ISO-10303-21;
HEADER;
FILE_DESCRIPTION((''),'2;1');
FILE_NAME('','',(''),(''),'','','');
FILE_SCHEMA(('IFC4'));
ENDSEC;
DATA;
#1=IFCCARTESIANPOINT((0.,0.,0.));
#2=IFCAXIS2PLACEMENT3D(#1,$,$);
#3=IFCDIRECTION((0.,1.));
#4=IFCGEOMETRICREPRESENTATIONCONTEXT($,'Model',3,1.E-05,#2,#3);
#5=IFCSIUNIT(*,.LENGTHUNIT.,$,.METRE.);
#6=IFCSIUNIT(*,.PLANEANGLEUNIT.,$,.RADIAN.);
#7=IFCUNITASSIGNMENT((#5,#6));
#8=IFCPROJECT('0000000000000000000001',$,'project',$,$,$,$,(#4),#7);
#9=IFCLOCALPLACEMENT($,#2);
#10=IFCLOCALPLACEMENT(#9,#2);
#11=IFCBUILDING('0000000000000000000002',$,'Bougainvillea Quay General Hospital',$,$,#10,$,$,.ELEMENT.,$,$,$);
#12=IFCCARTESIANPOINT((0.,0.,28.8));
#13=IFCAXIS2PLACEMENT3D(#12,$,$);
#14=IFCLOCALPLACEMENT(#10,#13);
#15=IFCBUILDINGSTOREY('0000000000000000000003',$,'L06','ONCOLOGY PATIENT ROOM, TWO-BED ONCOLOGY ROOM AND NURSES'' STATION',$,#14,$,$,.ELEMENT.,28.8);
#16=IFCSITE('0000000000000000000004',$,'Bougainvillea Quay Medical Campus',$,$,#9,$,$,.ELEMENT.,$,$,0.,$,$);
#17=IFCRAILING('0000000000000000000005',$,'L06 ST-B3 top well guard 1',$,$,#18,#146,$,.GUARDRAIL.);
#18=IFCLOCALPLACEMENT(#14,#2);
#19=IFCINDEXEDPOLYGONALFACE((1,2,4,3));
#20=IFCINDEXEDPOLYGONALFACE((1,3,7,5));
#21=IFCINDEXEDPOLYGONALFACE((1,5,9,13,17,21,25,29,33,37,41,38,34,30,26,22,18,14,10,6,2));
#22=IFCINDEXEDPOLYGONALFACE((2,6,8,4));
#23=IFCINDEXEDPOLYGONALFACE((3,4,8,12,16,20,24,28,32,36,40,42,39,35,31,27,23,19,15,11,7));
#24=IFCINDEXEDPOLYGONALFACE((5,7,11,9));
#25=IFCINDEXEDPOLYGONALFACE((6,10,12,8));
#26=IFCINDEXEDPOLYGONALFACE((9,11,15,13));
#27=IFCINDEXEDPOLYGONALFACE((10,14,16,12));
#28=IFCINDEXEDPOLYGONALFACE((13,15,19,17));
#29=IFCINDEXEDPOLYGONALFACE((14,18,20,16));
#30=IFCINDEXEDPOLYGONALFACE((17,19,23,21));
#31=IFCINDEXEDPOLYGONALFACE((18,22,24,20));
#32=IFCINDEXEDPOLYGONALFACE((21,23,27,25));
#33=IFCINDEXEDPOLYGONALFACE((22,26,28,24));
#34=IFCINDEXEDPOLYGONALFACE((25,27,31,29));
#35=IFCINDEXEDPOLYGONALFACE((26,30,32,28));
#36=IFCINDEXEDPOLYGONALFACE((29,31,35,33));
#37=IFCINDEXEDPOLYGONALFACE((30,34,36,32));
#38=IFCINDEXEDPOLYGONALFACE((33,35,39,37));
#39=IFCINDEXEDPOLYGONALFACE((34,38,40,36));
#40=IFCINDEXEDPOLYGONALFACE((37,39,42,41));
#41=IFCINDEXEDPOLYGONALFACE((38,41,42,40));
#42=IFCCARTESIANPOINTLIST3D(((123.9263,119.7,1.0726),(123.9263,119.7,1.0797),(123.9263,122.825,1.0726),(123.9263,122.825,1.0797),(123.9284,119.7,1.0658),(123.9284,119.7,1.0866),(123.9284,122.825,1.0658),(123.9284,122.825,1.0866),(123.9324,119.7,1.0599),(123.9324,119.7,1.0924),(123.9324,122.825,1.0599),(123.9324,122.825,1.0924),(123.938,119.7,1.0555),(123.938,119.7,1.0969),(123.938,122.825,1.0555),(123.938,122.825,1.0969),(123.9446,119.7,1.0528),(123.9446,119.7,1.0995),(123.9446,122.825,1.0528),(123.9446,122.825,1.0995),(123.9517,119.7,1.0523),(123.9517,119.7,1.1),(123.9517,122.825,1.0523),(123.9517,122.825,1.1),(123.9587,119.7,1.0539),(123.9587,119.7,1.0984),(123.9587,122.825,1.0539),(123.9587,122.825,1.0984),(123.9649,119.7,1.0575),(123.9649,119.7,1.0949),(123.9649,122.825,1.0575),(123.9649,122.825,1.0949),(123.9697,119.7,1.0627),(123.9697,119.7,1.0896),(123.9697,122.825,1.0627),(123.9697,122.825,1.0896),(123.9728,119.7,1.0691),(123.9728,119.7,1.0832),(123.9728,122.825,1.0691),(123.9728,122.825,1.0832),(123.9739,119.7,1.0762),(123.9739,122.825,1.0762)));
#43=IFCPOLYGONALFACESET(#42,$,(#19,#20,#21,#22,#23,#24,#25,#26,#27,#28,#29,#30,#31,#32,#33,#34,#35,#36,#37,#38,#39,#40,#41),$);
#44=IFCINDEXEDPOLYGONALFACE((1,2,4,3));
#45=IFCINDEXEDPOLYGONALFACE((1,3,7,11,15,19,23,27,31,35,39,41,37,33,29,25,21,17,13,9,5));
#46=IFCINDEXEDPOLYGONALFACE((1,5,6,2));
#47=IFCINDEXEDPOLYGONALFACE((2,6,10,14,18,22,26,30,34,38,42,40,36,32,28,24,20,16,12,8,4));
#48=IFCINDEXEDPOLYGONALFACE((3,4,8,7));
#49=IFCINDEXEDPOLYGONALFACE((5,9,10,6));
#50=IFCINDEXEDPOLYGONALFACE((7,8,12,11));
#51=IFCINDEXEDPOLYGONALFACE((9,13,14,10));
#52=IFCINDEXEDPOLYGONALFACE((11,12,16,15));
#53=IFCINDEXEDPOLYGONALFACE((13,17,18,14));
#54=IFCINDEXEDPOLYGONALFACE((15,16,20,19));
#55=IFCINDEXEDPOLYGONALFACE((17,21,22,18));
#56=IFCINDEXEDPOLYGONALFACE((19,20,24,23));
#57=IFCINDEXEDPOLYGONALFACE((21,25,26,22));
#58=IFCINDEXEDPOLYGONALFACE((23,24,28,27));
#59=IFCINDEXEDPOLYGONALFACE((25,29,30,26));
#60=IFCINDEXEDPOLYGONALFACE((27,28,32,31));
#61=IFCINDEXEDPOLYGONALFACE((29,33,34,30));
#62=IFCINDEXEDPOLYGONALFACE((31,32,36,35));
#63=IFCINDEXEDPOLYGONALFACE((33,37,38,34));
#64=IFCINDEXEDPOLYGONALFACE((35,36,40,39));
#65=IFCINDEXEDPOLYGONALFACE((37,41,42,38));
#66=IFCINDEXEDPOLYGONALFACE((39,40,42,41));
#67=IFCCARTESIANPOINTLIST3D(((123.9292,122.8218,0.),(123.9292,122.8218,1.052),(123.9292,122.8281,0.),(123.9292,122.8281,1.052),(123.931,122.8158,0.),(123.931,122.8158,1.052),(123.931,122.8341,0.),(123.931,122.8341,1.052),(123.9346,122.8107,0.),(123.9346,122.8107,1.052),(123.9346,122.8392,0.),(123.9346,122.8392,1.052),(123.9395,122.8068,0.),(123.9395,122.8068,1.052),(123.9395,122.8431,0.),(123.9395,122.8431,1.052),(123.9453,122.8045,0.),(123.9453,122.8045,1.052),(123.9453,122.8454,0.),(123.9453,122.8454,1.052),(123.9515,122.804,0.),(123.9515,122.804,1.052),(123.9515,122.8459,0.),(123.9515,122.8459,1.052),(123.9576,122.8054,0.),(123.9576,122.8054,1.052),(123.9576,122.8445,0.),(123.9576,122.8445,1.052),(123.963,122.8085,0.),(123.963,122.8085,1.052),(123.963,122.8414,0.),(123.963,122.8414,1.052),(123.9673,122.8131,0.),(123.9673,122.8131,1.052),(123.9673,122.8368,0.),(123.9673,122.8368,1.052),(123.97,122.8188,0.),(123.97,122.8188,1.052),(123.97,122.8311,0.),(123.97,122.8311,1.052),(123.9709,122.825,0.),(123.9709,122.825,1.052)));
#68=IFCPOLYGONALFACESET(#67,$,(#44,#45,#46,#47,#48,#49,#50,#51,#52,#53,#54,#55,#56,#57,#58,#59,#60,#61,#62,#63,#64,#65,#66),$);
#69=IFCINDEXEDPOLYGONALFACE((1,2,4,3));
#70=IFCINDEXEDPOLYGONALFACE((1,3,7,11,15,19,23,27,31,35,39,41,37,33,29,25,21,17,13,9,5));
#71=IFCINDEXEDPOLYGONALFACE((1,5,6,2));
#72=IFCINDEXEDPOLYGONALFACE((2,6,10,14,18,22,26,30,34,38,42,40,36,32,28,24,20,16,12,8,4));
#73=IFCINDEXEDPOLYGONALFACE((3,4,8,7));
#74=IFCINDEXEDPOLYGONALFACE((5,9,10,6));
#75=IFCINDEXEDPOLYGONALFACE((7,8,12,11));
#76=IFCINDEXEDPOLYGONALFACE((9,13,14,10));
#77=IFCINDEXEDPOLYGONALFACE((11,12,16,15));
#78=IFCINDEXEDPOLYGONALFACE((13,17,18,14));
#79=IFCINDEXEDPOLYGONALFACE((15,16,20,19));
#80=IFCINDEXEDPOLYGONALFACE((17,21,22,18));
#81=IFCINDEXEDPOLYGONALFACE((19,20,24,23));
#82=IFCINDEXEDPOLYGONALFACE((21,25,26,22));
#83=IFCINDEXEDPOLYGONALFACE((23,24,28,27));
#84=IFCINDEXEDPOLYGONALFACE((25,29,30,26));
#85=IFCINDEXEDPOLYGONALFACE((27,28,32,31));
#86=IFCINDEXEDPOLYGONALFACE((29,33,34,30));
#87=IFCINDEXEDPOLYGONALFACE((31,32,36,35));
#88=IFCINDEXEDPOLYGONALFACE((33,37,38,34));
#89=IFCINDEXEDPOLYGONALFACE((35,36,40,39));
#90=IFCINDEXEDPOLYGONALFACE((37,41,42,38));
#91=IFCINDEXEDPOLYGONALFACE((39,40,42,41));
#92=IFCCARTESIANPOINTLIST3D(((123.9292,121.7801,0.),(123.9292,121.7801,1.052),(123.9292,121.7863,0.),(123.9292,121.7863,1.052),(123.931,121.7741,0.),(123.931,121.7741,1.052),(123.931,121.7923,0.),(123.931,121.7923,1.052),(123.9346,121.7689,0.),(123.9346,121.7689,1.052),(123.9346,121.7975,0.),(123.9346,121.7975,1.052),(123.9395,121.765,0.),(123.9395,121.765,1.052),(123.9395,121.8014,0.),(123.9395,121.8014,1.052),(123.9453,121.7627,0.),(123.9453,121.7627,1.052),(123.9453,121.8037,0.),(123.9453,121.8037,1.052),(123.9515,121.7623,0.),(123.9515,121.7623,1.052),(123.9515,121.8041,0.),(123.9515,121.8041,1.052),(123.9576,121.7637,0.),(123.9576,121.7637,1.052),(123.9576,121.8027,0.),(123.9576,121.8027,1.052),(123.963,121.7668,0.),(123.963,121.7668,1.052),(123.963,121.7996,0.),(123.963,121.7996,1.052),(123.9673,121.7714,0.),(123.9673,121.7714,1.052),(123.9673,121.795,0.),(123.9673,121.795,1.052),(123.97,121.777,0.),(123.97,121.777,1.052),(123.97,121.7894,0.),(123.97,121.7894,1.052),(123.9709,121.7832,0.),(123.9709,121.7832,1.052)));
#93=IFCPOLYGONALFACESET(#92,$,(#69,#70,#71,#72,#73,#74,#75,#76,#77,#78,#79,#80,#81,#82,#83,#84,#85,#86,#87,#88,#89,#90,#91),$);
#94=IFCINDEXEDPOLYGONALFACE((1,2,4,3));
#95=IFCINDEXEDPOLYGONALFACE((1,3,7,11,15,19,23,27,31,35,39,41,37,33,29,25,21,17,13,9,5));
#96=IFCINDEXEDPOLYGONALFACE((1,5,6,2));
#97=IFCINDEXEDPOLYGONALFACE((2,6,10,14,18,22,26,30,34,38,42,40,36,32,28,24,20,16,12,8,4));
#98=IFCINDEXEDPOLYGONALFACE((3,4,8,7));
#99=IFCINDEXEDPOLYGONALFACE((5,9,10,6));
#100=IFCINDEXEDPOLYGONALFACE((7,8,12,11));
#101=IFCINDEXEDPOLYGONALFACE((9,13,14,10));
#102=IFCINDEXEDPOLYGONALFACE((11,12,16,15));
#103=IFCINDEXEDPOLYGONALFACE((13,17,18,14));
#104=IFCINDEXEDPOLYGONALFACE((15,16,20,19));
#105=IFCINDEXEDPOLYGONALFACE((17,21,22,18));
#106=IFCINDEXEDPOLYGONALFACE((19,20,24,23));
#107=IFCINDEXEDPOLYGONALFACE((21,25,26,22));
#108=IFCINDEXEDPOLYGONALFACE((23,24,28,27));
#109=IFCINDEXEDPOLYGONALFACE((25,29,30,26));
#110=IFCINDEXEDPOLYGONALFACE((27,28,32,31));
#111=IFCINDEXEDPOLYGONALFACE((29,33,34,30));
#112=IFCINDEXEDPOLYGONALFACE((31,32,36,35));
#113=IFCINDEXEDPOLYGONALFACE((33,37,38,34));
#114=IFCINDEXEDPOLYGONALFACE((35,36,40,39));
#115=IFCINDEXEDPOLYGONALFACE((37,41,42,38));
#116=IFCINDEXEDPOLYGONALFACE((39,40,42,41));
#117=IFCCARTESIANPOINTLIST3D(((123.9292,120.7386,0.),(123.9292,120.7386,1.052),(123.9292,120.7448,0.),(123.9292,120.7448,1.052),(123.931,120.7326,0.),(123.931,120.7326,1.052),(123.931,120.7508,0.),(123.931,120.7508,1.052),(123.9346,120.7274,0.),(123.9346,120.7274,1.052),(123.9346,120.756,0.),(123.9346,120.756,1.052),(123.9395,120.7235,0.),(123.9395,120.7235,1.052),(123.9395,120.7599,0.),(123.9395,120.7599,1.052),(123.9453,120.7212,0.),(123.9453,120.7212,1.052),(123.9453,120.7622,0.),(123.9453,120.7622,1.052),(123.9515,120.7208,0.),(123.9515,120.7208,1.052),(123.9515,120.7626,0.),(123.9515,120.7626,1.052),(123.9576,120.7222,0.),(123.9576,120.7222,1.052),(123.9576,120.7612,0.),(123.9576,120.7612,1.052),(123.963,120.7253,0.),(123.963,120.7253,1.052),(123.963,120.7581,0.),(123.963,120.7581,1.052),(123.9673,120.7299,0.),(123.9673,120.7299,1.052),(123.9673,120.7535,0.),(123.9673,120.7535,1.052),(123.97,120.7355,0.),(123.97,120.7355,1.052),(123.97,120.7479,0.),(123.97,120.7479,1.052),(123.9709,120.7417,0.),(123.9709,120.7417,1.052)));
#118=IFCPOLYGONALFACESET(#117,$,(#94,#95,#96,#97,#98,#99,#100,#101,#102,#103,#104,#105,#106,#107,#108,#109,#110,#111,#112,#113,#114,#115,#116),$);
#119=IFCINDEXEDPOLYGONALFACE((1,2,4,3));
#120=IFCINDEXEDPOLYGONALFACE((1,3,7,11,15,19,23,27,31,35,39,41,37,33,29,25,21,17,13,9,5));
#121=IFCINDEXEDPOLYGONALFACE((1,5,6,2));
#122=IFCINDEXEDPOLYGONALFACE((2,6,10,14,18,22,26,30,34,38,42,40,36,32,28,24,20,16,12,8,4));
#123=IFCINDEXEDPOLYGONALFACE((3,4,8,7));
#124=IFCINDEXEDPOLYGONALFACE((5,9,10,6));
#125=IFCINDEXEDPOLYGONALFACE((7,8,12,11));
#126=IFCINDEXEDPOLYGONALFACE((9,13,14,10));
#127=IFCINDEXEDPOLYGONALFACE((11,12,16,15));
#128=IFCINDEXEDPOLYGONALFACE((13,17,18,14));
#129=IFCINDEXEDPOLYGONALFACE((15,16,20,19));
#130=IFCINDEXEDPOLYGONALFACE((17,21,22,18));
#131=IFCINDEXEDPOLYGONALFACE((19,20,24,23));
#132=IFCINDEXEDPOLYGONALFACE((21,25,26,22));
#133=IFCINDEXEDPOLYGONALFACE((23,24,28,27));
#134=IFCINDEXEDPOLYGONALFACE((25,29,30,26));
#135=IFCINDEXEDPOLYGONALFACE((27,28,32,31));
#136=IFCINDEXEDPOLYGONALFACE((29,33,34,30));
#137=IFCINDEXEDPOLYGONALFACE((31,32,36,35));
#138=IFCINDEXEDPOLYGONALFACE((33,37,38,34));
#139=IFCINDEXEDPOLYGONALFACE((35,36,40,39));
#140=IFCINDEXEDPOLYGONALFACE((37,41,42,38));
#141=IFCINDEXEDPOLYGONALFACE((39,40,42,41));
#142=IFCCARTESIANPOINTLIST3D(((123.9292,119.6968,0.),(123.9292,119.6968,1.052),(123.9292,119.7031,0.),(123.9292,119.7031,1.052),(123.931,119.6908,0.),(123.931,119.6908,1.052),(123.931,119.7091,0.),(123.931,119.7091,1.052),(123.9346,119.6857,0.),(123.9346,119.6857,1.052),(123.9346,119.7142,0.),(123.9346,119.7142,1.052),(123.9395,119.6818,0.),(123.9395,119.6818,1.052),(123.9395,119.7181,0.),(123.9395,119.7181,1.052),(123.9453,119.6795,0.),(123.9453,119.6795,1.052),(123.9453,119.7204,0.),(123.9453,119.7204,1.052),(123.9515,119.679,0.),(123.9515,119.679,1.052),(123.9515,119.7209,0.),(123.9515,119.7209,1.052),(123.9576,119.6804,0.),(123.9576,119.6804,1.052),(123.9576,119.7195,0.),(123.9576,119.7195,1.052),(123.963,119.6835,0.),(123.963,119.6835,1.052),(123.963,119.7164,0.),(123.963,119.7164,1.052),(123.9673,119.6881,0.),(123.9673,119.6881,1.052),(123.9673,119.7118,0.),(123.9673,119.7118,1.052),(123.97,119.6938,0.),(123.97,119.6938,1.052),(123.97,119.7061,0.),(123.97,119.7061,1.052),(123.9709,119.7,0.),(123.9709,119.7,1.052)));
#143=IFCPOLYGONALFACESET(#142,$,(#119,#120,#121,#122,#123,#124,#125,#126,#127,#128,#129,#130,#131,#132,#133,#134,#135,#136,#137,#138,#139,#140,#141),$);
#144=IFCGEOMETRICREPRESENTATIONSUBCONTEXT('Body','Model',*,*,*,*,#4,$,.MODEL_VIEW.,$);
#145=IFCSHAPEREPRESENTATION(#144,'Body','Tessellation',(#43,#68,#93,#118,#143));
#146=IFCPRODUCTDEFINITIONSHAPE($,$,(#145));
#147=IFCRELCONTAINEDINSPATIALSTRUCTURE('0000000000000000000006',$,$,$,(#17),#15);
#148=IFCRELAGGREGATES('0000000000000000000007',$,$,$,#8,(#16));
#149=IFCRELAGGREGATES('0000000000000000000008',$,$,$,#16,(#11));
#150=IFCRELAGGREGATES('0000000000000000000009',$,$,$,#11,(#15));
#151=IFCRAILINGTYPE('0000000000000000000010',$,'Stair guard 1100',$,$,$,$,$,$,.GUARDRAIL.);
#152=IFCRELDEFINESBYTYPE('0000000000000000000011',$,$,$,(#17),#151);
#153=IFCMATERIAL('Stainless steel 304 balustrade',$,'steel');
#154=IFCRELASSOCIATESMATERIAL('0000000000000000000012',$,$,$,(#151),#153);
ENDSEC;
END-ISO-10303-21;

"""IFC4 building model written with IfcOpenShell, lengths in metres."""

from ifc_helpers import new_model, si_unit, direction, frame, origin, origin_2d, place, context, subcontext, project, spatial, circle, extrude, material, type_object, element, save


model = new_model("IFC4")

# Units and contexts
model_context = context("Model", 3, precision=1e-05, world=origin(), true_north=direction((0.0, 1.0)))
body_context = subcontext(model_context, "Body", "Model", "MODEL_VIEW")
ifc_project = project(units=[si_unit("LENGTHUNIT", "METRE"), si_unit("PLANEANGLEUNIT", "RADIAN")], contexts=[model_context])

# Site, building, storey
site_placement = place(None, origin())
site = spatial("IfcSite", under=ifc_project, at=site_placement, Name="Bougainvillea Quay Medical Campus", CompositionType="ELEMENT", RefElevation=0.0)
building_placement = place(site_placement, origin())
building = spatial("IfcBuilding", under=site, at=building_placement, Name="Bougainvillea Quay General Hospital", CompositionType="ELEMENT")
storey_placement = place(building_placement, frame((0.0, 0.0, 28.8)))
storey = spatial("IfcBuildingStorey", under=building, at=storey_placement, Name="L06", Description="ONCOLOGY PATIENT ROOM, TWO-BED ONCOLOGY ROOM AND NURSES' STATION", CompositionType="ELEMENT", Elevation=28.8)

# Railing
ifc_material_1 = material(Name="Stainless steel 304 balustrade", Category="steel")
railing_type_1 = type_object("IfcRailingType", Name="Stair guard 1100", PredefinedType="GUARDRAIL", material=ifc_material_1)
railing_1_placement = place(storey_placement, frame((123.95, 122.825, 0.0)))
element("IfcRailing", 1, at=railing_1_placement, inside=storey, type_object=railing_type_1, Name="L06 ST-B3 top well guard 1", PredefinedType="GUARDRAIL", context=body_context, shape_type="SweptSolid", body=[
    extrude(circle(Radius=0.0239, at=origin_2d()), frame((0.0, 0.0, 1.0762), z_axis=(0.0, -1.0, 0.0), x_axis=(1.0, 0.0, 0.0)), (0.0, 0.0, 1.0), 3.125),
    extrude(circle(Radius=0.021, at=origin_2d()), origin(), (0.0, 0.0, 1.0), 1.052),
    extrude(circle(Radius=0.021, at=origin_2d()), frame((0.0, -1.0417, 0.0)), (0.0, 0.0, 1.0), 1.052),
    extrude(circle(Radius=0.021, at=origin_2d()), frame((0.0, -2.0833, 0.0)), (0.0, 0.0, 1.0), 1.052),
    extrude(circle(Radius=0.021, at=origin_2d()), frame((0.0, -3.125, 0.0)), (0.0, 0.0, 1.0), 1.052),
])

save(model, "model.ifc")
